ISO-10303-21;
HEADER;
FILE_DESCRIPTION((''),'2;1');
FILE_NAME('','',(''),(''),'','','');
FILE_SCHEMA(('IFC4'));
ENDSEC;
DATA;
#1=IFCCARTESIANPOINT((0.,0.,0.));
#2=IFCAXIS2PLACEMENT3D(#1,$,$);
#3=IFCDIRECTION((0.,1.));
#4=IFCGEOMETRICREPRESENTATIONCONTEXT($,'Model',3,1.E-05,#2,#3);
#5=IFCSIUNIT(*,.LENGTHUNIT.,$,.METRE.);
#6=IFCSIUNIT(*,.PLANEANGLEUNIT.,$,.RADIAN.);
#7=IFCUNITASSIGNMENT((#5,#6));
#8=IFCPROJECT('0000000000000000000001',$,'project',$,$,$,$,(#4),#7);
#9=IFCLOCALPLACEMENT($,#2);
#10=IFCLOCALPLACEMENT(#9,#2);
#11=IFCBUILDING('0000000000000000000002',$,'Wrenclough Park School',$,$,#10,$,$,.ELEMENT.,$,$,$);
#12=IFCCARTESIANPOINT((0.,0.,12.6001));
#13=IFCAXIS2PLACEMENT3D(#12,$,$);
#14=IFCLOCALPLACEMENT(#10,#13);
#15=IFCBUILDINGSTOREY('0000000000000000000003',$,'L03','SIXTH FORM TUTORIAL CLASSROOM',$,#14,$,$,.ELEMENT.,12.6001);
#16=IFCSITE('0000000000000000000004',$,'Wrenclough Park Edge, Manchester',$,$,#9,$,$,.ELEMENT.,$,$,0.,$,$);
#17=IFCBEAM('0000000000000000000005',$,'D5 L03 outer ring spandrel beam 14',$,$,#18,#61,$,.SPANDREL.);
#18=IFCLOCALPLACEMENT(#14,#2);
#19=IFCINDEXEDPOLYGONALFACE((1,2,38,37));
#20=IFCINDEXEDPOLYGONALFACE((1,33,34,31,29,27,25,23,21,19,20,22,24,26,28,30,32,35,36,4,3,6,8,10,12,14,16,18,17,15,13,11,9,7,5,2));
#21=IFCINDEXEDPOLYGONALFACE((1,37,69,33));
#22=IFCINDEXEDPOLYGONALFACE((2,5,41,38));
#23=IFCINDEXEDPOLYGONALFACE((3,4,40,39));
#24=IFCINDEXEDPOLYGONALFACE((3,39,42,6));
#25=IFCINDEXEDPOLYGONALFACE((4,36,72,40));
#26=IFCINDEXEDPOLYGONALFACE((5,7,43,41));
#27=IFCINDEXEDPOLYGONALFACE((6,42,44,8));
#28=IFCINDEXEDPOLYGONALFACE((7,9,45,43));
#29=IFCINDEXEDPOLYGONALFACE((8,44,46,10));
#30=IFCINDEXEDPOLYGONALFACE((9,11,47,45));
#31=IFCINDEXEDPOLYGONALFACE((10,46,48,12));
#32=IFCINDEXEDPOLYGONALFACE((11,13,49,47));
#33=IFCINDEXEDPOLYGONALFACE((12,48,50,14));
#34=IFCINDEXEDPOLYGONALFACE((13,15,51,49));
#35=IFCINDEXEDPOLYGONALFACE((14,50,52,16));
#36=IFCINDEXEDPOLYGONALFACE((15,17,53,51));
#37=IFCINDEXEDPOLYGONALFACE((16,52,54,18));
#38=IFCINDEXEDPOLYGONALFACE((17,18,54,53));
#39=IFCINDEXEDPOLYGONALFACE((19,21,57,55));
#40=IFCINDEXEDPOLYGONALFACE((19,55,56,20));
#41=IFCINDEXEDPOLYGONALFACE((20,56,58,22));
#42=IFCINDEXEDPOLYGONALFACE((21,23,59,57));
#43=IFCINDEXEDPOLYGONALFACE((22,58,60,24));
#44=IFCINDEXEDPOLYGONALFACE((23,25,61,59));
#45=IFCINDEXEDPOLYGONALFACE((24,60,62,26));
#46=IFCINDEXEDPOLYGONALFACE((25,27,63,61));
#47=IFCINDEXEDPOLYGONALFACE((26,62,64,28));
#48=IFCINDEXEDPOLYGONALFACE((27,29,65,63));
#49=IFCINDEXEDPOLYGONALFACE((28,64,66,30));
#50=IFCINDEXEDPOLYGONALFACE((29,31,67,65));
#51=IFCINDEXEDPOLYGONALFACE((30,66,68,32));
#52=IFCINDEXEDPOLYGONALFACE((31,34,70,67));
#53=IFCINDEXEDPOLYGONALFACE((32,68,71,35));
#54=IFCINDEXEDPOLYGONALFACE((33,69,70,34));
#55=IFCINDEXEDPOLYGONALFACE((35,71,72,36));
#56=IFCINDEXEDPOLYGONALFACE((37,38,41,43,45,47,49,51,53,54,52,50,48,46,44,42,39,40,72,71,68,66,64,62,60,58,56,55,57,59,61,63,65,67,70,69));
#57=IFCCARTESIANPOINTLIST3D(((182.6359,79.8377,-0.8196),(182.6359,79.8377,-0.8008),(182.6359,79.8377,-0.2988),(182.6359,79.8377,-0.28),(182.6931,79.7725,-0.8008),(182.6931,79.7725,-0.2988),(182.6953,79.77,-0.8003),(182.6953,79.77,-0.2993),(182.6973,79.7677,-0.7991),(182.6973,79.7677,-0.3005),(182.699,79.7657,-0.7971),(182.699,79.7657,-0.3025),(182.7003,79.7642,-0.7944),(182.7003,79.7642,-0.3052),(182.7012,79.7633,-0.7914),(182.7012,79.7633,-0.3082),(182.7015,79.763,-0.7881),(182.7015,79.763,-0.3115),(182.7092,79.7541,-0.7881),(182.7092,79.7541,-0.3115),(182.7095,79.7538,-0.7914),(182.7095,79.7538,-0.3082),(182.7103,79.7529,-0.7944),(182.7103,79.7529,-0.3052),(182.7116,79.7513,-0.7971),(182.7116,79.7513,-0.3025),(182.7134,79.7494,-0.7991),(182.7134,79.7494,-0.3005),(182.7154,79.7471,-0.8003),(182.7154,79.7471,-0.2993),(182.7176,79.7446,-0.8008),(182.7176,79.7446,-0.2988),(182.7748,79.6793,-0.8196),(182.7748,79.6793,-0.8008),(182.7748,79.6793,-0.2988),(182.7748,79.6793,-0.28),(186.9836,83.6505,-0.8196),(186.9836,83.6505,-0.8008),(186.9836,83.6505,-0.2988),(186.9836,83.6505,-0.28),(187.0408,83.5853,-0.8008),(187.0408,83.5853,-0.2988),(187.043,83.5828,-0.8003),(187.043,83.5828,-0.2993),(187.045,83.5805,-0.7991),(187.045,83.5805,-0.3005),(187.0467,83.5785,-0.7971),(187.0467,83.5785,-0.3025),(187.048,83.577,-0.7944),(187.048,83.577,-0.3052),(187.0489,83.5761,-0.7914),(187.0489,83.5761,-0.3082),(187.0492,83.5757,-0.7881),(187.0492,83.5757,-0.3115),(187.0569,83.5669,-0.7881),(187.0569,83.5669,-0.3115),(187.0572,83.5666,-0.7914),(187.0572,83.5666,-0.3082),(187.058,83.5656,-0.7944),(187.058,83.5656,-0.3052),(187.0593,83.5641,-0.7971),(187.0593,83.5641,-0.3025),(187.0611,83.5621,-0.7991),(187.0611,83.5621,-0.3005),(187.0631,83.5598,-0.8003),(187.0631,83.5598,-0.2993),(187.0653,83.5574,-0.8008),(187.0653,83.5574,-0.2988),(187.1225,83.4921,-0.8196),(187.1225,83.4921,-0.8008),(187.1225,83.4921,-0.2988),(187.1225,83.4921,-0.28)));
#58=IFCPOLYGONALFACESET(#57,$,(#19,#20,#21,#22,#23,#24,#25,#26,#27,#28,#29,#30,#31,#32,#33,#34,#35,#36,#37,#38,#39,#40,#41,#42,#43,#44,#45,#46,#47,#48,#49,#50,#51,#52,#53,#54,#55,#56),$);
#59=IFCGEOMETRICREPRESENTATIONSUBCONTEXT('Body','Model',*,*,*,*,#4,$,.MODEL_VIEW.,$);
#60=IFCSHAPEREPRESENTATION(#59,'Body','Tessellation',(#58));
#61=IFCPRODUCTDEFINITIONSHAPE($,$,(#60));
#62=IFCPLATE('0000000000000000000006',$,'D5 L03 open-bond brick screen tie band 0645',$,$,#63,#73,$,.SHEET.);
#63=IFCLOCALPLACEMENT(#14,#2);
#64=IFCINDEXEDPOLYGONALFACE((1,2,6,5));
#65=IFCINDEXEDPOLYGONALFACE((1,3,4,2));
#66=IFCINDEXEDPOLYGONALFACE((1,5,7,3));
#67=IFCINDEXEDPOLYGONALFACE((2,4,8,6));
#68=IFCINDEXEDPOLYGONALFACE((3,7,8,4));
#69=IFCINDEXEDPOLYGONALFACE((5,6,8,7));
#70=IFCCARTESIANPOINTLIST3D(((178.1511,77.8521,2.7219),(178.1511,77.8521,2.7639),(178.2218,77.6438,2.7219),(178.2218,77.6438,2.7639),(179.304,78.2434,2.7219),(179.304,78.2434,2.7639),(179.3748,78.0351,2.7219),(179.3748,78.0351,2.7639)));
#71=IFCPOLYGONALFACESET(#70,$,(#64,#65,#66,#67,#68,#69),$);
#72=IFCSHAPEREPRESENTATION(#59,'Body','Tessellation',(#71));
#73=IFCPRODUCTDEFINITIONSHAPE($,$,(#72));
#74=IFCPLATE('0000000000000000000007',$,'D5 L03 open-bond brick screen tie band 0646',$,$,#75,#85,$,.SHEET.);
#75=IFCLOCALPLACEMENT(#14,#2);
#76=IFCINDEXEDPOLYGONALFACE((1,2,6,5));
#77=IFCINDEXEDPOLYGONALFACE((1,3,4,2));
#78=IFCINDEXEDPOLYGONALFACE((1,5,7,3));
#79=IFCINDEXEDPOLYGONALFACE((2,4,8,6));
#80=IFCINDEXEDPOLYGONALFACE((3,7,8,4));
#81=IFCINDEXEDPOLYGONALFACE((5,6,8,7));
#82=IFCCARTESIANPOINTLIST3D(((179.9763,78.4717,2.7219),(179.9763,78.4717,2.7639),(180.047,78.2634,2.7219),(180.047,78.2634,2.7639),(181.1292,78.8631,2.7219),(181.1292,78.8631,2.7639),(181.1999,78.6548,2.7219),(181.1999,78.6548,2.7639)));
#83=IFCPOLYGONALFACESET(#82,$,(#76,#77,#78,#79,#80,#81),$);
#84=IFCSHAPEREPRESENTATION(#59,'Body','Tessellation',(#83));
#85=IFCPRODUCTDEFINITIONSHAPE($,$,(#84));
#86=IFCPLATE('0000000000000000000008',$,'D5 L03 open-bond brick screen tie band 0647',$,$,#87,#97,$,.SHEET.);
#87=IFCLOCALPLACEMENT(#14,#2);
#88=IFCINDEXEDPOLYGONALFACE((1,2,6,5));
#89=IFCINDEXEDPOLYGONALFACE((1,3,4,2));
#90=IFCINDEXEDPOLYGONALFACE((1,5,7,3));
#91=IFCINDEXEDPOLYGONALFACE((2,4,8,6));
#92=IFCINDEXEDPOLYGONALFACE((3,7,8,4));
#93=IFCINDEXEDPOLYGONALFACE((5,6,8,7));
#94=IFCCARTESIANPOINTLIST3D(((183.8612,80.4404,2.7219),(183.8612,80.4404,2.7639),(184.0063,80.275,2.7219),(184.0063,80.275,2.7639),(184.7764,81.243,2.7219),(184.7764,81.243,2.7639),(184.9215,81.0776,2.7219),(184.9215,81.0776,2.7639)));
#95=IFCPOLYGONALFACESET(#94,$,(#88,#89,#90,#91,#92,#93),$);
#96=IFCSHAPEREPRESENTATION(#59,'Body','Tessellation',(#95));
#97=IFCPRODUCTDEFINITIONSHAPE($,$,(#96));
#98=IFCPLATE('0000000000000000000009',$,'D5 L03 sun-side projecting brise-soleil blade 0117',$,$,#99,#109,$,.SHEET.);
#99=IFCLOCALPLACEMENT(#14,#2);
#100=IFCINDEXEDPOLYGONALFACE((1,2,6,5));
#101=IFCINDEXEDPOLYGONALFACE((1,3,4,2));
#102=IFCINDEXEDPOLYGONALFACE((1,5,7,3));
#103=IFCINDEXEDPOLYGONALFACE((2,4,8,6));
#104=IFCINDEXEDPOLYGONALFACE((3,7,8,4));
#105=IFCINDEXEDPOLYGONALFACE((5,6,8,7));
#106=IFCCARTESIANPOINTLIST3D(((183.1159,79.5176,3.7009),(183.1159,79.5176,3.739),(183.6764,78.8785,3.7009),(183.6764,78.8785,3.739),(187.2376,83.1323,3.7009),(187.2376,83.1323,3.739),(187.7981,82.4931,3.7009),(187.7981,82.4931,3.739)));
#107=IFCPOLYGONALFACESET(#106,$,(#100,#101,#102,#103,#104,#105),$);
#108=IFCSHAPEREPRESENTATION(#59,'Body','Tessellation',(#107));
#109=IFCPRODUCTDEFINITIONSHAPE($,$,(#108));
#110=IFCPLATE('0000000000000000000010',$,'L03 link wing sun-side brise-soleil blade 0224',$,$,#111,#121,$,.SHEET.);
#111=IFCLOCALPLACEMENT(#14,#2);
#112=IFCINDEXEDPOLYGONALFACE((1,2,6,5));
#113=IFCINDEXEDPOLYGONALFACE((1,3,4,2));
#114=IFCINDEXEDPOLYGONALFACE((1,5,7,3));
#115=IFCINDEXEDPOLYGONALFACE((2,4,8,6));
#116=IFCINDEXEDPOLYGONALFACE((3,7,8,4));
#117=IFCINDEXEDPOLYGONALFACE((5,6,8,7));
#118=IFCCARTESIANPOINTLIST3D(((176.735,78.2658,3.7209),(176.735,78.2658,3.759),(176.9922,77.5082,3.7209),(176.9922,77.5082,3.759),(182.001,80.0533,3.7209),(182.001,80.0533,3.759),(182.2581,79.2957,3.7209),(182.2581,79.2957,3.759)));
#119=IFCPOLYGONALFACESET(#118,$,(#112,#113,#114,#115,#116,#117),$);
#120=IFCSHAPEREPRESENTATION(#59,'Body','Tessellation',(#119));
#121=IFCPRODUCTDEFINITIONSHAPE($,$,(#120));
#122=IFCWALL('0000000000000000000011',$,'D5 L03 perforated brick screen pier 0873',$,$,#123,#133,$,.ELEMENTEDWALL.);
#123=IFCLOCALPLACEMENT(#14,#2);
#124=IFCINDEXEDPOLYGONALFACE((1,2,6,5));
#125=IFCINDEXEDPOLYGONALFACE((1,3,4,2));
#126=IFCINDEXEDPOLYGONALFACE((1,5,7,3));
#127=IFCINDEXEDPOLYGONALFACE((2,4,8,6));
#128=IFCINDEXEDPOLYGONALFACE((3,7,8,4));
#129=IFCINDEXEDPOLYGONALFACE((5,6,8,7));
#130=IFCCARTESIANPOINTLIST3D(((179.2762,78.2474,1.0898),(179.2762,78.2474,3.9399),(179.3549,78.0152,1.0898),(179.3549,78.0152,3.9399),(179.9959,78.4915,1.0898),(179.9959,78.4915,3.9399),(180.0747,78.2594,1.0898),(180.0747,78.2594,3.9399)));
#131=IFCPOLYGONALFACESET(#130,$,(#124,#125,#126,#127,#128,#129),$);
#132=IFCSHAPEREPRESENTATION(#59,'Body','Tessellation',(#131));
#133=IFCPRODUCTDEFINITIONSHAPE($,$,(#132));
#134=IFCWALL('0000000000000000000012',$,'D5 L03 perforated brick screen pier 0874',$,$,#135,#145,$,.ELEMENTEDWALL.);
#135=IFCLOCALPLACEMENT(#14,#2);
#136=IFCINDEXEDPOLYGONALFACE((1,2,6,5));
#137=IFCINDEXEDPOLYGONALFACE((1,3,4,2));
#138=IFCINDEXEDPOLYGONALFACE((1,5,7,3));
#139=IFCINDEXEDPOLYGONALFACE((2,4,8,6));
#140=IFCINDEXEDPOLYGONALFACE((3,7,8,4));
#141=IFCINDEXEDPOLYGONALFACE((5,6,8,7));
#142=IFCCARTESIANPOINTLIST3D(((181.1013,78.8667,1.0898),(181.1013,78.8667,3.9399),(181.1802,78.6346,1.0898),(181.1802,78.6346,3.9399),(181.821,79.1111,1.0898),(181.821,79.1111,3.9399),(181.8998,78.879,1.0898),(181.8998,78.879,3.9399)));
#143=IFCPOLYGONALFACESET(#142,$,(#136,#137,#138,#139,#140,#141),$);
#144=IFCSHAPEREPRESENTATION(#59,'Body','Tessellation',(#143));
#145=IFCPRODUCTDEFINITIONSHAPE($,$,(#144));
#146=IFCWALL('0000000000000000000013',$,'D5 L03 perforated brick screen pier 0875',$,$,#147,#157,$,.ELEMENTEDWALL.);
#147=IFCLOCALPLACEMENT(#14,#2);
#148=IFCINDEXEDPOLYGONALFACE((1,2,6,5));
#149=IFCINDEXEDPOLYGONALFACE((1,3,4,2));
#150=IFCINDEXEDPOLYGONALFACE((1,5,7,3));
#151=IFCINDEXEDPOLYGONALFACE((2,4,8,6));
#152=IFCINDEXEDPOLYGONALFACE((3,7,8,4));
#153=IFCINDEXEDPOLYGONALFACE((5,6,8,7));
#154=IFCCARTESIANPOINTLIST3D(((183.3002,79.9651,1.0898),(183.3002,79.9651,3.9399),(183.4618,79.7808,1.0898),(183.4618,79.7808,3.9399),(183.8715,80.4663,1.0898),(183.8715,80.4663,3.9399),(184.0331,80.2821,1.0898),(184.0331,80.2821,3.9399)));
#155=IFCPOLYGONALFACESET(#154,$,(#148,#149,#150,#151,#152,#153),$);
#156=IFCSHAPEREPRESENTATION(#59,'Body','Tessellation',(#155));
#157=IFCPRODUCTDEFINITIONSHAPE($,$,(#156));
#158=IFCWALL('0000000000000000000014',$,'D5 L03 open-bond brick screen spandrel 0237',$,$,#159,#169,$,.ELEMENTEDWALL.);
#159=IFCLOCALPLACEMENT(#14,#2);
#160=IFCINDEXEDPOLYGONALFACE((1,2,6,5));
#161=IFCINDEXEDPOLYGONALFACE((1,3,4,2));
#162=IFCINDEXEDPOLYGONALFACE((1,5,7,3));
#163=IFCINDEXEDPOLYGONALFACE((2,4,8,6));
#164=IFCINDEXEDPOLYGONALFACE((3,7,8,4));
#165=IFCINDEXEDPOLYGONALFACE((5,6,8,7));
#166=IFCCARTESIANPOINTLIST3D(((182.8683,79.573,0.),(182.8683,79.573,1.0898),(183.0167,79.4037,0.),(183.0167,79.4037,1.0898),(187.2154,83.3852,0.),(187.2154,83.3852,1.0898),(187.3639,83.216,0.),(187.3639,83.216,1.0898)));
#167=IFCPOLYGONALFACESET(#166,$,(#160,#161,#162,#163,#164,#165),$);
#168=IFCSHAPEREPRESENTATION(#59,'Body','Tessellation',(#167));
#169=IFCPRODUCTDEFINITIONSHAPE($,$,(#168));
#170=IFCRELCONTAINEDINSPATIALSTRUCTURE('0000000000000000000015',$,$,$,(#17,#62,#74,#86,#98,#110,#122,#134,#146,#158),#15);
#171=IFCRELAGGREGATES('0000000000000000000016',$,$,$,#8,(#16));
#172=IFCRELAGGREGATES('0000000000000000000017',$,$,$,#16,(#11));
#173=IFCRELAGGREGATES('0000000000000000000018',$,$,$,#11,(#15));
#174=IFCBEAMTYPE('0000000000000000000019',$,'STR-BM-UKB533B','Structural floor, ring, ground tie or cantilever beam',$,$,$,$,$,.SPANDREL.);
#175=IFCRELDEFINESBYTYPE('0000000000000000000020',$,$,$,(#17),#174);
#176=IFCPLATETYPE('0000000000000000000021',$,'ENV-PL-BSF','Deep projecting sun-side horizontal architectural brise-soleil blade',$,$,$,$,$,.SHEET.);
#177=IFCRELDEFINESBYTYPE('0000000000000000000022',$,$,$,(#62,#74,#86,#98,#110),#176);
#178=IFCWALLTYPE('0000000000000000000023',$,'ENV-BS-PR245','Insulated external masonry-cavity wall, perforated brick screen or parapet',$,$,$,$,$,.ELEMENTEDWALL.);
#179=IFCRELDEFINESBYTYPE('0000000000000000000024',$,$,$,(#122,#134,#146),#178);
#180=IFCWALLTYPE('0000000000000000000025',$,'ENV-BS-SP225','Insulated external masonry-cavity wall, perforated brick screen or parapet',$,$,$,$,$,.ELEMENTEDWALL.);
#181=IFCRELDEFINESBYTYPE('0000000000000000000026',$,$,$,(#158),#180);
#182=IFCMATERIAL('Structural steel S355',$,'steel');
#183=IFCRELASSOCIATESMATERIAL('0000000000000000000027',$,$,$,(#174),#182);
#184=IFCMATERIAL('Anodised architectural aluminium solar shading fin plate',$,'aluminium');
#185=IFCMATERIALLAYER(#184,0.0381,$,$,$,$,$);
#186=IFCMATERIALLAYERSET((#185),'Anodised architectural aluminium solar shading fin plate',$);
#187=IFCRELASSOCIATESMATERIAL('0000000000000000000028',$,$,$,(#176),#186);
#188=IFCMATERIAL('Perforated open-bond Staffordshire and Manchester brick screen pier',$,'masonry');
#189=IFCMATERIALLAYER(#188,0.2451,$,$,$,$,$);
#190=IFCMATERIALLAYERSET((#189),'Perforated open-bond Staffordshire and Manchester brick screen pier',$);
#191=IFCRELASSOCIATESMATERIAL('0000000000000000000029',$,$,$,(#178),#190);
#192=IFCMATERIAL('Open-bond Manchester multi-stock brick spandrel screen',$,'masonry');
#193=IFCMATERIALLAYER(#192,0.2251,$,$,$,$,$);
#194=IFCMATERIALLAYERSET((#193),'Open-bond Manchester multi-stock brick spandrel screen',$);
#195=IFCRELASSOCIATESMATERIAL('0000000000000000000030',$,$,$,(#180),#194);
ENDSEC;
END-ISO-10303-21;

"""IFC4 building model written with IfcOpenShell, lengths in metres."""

from ifc_helpers import new_model, si_unit, direction, frame, frame_2d, origin, origin_2d, place, context, subcontext, project, spatial, rectangle, i_section, extrude, material, layer, layer_set, material_profile, profile_set, type_object, element, save


model = new_model("IFC4")

# Units and contexts
model_context = context("Model", 3, precision=1e-05, world=origin(), true_north=direction((0.0, 1.0)))
body_context = subcontext(model_context, "Body", "Model", "MODEL_VIEW")
ifc_project = project(units=[si_unit("LENGTHUNIT", "METRE"), si_unit("PLANEANGLEUNIT", "RADIAN")], contexts=[model_context])

# Site, building, storey
site_placement = place(None, origin())
site = spatial("IfcSite", under=ifc_project, at=site_placement, Name="Wrenclough Park Edge, Manchester", CompositionType="ELEMENT", RefElevation=0.0)
building_placement = place(site_placement, origin())
building = spatial("IfcBuilding", under=site, at=building_placement, Name="Wrenclough Park School", CompositionType="ELEMENT")
storey_placement = place(building_placement, frame((0.0, 0.0, 12.6001)))
storey = spatial("IfcBuildingStorey", under=building, at=storey_placement, Name="L03", Description="SIXTH FORM TUTORIAL CLASSROOM", CompositionType="ELEMENT", Elevation=12.6001)

# Beam
ifc_material_1 = material(Name="Structural steel S355", Category="steel")
ifc_material_profile_1 = material_profile(ifc_material_1, i_section(OverallWidth=0.2107, OverallDepth=0.5396, WebThickness=0.0117, FlangeThickness=0.0188, FilletRadius=0.0127, at=origin_2d()), Name="UKB 533x210x109")
ifc_profile_set_1 = profile_set([ifc_material_profile_1], Name="Structural steel S355")
beam_type_1 = type_object("IfcBeamType", Name="STR-BM-UKB533B", Description="Structural floor, ring, ground tie or cantilever beam", PredefinedType="SPANDREL", material=ifc_profile_set_1)
beam_1_placement = place(storey_placement, frame((182.7053, 79.7585, -0.5498), z_axis=(0.751844, 0.659341, 0.0), x_axis=(-0.659341, 0.751844, 0.0)))
element("IfcBeam", 1, at=beam_1_placement, inside=storey, type_object=beam_type_1, Name="D5 L03 outer ring spandrel beam 14", PredefinedType="SPANDREL", context=body_context, shape_type="SweptSolid", body=[
    extrude(i_section(OverallWidth=0.2107, OverallDepth=0.5396, WebThickness=0.0117, FlangeThickness=0.0188, FilletRadius=0.0127, at=origin_2d()), origin(), (0.0, 0.0, 1.0), 5.7827),
])

# Plates
ifc_material_2 = material(Name="Anodised architectural aluminium solar shading fin plate", Category="aluminium")
ifc_layer_1 = layer(ifc_material_2, 0.0381)
ifc_layer_set_1 = layer_set([ifc_layer_1], Name="Anodised architectural aluminium solar shading fin plate")
plate_type = type_object("IfcPlateType", Name="ENV-PL-BSF", Description="Deep projecting sun-side horizontal architectural brise-soleil blade", PredefinedType="SHEET", material=ifc_layer_set_1)
for number, where, z_axis, x_axis, name in (
    (2, (178.7629, 77.9436, 2.7219), (0.0, 0.0, 1.0), (0.946934, 0.321427, 0.0), "D5 L03 open-bond brick screen tie band 0645"),
    (3, (180.5881, 78.5632, 2.7219), (0.0, 0.0, 1.0), (0.946934, 0.321427, 0.0), "D5 L03 open-bond brick screen tie band 0646"),
):
    element("IfcPlate", number, at=place(storey_placement, frame(where, z_axis=z_axis, x_axis=x_axis)), inside=storey, type_object=plate_type, Name=name, PredefinedType="SHEET", context=body_context, shape_type="SweptSolid", body=[
        extrude(rectangle(XDim=1.2175, YDim=0.22, at=origin_2d()), origin(), (0.0, 0.0, 1.0), 0.042),
    ])
plate_1_placement = place(storey_placement, frame((184.3914, 80.759, 2.7219), z_axis=(0.0, 0.0, 1.0), x_axis=(0.751839, 0.659347, 0.0)))
element("IfcPlate", 4, at=plate_1_placement, inside=storey, type_object=plate_type, Name="D5 L03 open-bond brick screen tie band 0647", PredefinedType="SHEET", context=body_context, shape_type="SweptSolid", body=[
    extrude(rectangle(XDim=1.2173, YDim=0.22, at=origin_2d()), origin(), (0.0, 0.0, 1.0), 0.042),
])
plate_2_placement = place(storey_placement, frame((185.457, 81.0054, 3.7009), z_axis=(0.0, 0.0, 1.0), x_axis=(0.751839, 0.659347, 0.0)))
element("IfcPlate", 5, at=plate_2_placement, inside=storey, type_object=plate_type, Name="D5 L03 sun-side projecting brise-soleil blade 0117", PredefinedType="SHEET", context=body_context, shape_type="SweptSolid", body=[
    extrude(rectangle(XDim=5.4822, YDim=0.8501, at=origin_2d()), origin(), (0.0, 0.0, 1.0), 0.0381),
])
plate_3_placement = place(storey_placement, frame((179.4966, 78.7808, 3.7209), z_axis=(0.0, 0.0, 1.0), x_axis=(-0.946933, -0.321432, 0.0)))
element("IfcPlate", 6, at=plate_3_placement, inside=storey, type_object=plate_type, Name="L03 link wing sun-side brise-soleil blade 0224", PredefinedType="SHEET", context=body_context, shape_type="SweptSolid", body=[
    extrude(rectangle(XDim=5.561, YDim=0.8, at=origin_2d()), origin(), (0.0, 0.0, 1.0), 0.0381),
])

# Walls
ifc_material_3 = material(Name="Perforated open-bond Staffordshire and Manchester brick screen pier", Category="masonry")
ifc_layer_2 = layer(ifc_material_3, 0.2451)
ifc_layer_set_2 = layer_set([ifc_layer_2], Name="Perforated open-bond Staffordshire and Manchester brick screen pier")
wall_type_1 = type_object("IfcWallType", Name="ENV-BS-PR245", Description="Insulated external masonry-cavity wall, perforated brick screen or parapet", PredefinedType="ELEMENTEDWALL", material=ifc_layer_set_2)
for number, where, z_axis, x_axis, name in (
    (7, (179.3157, 78.1313, 1.0898), (0.0, 0.0, 1.0), (0.947, 0.321235, 0.0), "D5 L03 perforated brick screen pier 0873"),
    (8, (181.1409, 78.7507, 1.0898), (0.0, 0.0, 1.0), (0.946902, 0.321523, 0.0), "D5 L03 perforated brick screen pier 0874"),
    (9, (183.3811, 79.873, 1.0898), (0.0, 0.0, 1.0), (0.7517, 0.659505, 0.0), "D5 L03 perforated brick screen pier 0875"),
):
    element("IfcWall", number, at=place(storey_placement, frame(where, z_axis=z_axis, x_axis=x_axis)), inside=storey, type_object=wall_type_1, Name=name, PredefinedType="ELEMENTEDWALL", context=body_context, shape_type="SweptSolid", body=[
        extrude(rectangle(XDim=0.76, YDim=0.2451, at=frame_2d((0.3799, 0.0))), origin(), (0.0, 0.0, 1.0), 2.8501),
    ])
ifc_material_4 = material(Name="Open-bond Manchester multi-stock brick spandrel screen", Category="masonry")
ifc_layer_3 = layer(ifc_material_4, 0.2251)
ifc_layer_set_3 = layer_set([ifc_layer_3], Name="Open-bond Manchester multi-stock brick spandrel screen")
wall_type_2 = type_object("IfcWallType", Name="ENV-BS-SP225", Description="Insulated external masonry-cavity wall, perforated brick screen or parapet", PredefinedType="ELEMENTEDWALL", material=ifc_layer_set_3)
wall_1_placement = place(storey_placement, frame((182.9424, 79.4883, 0.0), z_axis=(0.0, 0.0, 1.0), x_axis=(0.751849, 0.659335, 0.0)))
element("IfcWall", 10, at=wall_1_placement, inside=storey, type_object=wall_type_2, Name="D5 L03 open-bond brick screen spandrel 0237", PredefinedType="ELEMENTEDWALL", context=body_context, shape_type="SweptSolid", body=[
    extrude(rectangle(XDim=5.782, YDim=0.2251, at=frame_2d((2.8911, 0.0))), origin(), (0.0, 0.0, 1.0), 1.0898),
])

save(model, "model.ifc")
